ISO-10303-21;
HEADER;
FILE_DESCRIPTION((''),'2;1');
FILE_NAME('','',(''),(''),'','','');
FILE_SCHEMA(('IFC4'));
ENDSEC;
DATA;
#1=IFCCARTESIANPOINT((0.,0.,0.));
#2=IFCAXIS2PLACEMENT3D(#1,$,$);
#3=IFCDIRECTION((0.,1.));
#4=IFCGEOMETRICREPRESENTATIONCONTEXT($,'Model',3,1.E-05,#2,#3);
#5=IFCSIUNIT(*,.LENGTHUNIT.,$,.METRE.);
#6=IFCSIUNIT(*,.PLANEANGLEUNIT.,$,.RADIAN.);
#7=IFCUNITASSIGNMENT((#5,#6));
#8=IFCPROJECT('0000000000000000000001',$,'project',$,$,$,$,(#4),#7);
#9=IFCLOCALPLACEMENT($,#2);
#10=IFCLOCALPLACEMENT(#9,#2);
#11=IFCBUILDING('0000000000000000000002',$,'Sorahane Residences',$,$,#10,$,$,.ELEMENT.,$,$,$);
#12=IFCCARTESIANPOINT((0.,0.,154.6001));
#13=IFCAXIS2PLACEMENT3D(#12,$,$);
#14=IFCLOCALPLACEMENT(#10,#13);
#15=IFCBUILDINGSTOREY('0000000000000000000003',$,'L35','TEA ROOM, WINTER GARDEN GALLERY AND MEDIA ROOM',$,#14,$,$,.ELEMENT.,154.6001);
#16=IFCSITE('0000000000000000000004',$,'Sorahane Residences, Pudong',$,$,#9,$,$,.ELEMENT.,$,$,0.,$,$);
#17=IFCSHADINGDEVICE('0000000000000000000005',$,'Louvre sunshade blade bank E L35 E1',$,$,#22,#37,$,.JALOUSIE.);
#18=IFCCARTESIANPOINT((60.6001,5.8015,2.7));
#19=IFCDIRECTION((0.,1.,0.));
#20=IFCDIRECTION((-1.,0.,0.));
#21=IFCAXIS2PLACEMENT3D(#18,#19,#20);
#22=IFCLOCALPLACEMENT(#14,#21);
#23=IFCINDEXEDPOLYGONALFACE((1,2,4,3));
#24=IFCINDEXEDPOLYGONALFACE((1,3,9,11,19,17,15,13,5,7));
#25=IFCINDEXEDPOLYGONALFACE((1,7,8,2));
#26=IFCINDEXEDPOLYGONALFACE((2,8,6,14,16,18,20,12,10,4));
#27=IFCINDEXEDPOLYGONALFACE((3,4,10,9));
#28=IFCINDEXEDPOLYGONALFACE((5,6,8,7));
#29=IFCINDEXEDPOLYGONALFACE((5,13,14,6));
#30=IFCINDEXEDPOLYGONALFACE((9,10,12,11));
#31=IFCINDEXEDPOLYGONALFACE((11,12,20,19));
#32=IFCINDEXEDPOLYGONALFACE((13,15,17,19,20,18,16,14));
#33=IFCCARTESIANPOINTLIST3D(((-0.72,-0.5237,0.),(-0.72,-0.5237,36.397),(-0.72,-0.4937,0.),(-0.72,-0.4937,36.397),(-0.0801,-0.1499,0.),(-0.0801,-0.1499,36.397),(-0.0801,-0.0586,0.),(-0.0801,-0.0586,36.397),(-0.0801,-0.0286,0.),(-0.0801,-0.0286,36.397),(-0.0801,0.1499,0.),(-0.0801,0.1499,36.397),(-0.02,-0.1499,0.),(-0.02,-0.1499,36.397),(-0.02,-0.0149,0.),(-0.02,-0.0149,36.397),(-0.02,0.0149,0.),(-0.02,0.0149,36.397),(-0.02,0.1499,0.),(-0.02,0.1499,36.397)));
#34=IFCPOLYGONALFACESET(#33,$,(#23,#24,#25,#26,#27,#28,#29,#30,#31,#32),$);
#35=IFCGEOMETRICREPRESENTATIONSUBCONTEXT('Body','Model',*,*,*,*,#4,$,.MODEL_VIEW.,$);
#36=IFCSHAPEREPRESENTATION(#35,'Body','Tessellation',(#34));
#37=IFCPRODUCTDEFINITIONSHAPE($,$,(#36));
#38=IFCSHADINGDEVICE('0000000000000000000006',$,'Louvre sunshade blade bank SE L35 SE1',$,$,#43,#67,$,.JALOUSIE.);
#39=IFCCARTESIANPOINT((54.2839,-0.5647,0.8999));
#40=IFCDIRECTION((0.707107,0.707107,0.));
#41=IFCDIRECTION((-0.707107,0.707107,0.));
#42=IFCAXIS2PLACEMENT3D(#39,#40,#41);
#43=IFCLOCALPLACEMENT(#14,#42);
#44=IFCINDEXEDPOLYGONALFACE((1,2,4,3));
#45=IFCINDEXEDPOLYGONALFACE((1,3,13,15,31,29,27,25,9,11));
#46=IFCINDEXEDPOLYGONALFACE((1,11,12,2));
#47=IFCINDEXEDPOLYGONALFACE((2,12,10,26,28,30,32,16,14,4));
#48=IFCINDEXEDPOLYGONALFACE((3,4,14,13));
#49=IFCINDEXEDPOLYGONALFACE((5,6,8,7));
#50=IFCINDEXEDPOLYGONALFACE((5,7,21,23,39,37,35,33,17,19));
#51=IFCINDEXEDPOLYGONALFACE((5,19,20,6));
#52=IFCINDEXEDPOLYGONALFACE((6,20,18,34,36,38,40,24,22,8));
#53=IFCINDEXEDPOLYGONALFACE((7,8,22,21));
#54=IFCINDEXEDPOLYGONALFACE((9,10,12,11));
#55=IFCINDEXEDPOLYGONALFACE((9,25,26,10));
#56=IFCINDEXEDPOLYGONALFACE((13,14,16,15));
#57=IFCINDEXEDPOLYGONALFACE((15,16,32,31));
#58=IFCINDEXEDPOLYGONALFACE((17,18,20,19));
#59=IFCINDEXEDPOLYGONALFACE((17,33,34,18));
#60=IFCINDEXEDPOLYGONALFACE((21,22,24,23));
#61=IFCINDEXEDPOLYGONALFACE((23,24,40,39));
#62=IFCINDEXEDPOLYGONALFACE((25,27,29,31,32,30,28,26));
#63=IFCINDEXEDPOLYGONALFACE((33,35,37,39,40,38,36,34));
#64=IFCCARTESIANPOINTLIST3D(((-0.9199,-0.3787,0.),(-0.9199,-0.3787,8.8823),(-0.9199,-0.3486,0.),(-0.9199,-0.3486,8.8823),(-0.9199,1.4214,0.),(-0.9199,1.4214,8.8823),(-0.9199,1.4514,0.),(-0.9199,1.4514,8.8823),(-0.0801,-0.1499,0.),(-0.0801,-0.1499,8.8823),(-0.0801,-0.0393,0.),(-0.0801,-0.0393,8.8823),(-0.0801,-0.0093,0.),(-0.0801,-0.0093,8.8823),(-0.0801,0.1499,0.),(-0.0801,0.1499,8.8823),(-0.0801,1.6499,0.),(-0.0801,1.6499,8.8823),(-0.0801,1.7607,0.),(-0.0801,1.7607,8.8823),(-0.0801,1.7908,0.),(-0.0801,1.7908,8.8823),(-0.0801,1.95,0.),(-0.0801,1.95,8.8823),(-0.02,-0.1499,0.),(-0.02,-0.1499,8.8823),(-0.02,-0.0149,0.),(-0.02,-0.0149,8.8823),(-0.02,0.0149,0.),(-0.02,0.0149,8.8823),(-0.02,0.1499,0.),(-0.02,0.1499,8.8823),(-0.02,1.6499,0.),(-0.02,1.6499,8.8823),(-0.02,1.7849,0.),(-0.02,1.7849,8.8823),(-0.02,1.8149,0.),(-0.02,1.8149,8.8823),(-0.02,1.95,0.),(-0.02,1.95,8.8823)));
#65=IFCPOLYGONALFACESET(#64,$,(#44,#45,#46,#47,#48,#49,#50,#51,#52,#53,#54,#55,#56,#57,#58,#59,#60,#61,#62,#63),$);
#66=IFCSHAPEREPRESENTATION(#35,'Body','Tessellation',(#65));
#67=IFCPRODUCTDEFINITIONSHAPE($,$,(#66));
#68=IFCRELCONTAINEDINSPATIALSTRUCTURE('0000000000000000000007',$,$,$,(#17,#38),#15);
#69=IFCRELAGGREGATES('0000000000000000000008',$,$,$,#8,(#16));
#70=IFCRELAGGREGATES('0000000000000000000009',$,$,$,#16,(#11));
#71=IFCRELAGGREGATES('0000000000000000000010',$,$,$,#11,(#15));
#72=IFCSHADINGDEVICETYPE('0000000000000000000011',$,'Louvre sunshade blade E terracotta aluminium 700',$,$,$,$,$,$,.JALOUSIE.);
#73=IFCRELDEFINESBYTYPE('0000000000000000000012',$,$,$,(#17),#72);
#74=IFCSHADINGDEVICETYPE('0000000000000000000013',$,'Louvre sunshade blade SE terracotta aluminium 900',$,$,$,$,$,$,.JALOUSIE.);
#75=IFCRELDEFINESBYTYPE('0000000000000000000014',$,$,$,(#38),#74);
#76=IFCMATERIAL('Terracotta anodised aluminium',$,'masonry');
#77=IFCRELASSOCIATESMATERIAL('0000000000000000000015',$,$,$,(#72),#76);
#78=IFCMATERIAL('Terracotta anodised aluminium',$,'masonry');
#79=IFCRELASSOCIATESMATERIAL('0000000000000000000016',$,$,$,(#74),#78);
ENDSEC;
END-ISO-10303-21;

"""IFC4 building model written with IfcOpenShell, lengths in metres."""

from ifc_helpers import new_model, si_unit, direction, frame, origin, place, context, subcontext, project, spatial, polyline, outline, composite_profile, extrude, material, type_object, element, save


model = new_model("IFC4")

# Units and contexts
model_context = context("Model", 3, precision=1e-05, world=origin(), true_north=direction((0.0, 1.0)))
body_context = subcontext(model_context, "Body", "Model", "MODEL_VIEW")
ifc_project = project(units=[si_unit("LENGTHUNIT", "METRE"), si_unit("PLANEANGLEUNIT", "RADIAN")], contexts=[model_context])

# Site, building, storey
site_placement = place(None, origin())
site = spatial("IfcSite", under=ifc_project, at=site_placement, Name="Sorahane Residences, Pudong", CompositionType="ELEMENT", RefElevation=0.0)
building_placement = place(site_placement, origin())
building = spatial("IfcBuilding", under=site, at=building_placement, Name="Sorahane Residences", CompositionType="ELEMENT")
storey_placement = place(building_placement, frame((0.0, 0.0, 154.6001)))
storey = spatial("IfcBuildingStorey", under=building, at=storey_placement, Name="L35", Description="TEA ROOM, WINTER GARDEN GALLERY AND MEDIA ROOM", CompositionType="ELEMENT", Elevation=154.6001)

# Shading devices
ifc_material_1 = material(Name="Terracotta anodised aluminium", Category="masonry")
shading_device_type_1 = type_object("IfcShadingDeviceType", Name="Louvre sunshade blade E terracotta aluminium 700", PredefinedType="JALOUSIE", material=ifc_material_1)
shading_device_1_placement = place(storey_placement, frame((60.6001, 5.8015, 2.7), z_axis=(0.0, 1.0, 0.0), x_axis=(-1.0, 0.0, 0.0)))
element("IfcShadingDevice", 1, at=shading_device_1_placement, inside=storey, type_object=shading_device_type_1, Name="Louvre sunshade blade bank E L35 E1", PredefinedType="JALOUSIE", context=body_context, shape_type="SweptSolid", body=[
    extrude(outline(polyline([(-0.72, -0.4937), (-0.72, -0.5237), (-0.0801, -0.0586), (-0.0801, -0.1499), (-0.02, -0.1499), (-0.02, -0.0149), (-0.02, 0.0149), (-0.02, 0.1499), (-0.0801, 0.1499), (-0.0801, -0.0286), (-0.72, -0.4937)])), origin(), (0.0, 0.0, 1.0), 36.397),
])
ifc_material_2 = material(Name="Terracotta anodised aluminium", Category="masonry")
shading_device_type_2 = type_object("IfcShadingDeviceType", Name="Louvre sunshade blade SE terracotta aluminium 900", PredefinedType="JALOUSIE", material=ifc_material_2)
shading_device_2_placement = place(storey_placement, frame((54.2839, -0.5647, 0.8999), z_axis=(0.707107, 0.707107, 0.0), x_axis=(-0.707107, 0.707107, 0.0)))
element("IfcShadingDevice", 2, at=shading_device_2_placement, inside=storey, type_object=shading_device_type_2, Name="Louvre sunshade blade bank SE L35 SE1", PredefinedType="JALOUSIE", context=body_context, shape_type="SweptSolid", body=[
    extrude(composite_profile([outline(polyline([(-0.9199, -0.3486), (-0.9199, -0.3787), (-0.0801, -0.0393), (-0.0801, -0.1499), (-0.02, -0.1499), (-0.02, -0.0149), (-0.02, 0.0149), (-0.02, 0.1499), (-0.0801, 0.1499), (-0.0801, -0.0093), (-0.9199, -0.3486)])), outline(polyline([(-0.9199, 1.4514), (-0.9199, 1.4214), (-0.0801, 1.7607), (-0.0801, 1.6499), (-0.02, 1.6499), (-0.02, 1.7849), (-0.02, 1.8149), (-0.02, 1.95), (-0.0801, 1.95), (-0.0801, 1.7908), (-0.9199, 1.4514)]))]), origin(), (0.0, 0.0, 1.0), 8.8823),
])

save(model, "model.ifc")
